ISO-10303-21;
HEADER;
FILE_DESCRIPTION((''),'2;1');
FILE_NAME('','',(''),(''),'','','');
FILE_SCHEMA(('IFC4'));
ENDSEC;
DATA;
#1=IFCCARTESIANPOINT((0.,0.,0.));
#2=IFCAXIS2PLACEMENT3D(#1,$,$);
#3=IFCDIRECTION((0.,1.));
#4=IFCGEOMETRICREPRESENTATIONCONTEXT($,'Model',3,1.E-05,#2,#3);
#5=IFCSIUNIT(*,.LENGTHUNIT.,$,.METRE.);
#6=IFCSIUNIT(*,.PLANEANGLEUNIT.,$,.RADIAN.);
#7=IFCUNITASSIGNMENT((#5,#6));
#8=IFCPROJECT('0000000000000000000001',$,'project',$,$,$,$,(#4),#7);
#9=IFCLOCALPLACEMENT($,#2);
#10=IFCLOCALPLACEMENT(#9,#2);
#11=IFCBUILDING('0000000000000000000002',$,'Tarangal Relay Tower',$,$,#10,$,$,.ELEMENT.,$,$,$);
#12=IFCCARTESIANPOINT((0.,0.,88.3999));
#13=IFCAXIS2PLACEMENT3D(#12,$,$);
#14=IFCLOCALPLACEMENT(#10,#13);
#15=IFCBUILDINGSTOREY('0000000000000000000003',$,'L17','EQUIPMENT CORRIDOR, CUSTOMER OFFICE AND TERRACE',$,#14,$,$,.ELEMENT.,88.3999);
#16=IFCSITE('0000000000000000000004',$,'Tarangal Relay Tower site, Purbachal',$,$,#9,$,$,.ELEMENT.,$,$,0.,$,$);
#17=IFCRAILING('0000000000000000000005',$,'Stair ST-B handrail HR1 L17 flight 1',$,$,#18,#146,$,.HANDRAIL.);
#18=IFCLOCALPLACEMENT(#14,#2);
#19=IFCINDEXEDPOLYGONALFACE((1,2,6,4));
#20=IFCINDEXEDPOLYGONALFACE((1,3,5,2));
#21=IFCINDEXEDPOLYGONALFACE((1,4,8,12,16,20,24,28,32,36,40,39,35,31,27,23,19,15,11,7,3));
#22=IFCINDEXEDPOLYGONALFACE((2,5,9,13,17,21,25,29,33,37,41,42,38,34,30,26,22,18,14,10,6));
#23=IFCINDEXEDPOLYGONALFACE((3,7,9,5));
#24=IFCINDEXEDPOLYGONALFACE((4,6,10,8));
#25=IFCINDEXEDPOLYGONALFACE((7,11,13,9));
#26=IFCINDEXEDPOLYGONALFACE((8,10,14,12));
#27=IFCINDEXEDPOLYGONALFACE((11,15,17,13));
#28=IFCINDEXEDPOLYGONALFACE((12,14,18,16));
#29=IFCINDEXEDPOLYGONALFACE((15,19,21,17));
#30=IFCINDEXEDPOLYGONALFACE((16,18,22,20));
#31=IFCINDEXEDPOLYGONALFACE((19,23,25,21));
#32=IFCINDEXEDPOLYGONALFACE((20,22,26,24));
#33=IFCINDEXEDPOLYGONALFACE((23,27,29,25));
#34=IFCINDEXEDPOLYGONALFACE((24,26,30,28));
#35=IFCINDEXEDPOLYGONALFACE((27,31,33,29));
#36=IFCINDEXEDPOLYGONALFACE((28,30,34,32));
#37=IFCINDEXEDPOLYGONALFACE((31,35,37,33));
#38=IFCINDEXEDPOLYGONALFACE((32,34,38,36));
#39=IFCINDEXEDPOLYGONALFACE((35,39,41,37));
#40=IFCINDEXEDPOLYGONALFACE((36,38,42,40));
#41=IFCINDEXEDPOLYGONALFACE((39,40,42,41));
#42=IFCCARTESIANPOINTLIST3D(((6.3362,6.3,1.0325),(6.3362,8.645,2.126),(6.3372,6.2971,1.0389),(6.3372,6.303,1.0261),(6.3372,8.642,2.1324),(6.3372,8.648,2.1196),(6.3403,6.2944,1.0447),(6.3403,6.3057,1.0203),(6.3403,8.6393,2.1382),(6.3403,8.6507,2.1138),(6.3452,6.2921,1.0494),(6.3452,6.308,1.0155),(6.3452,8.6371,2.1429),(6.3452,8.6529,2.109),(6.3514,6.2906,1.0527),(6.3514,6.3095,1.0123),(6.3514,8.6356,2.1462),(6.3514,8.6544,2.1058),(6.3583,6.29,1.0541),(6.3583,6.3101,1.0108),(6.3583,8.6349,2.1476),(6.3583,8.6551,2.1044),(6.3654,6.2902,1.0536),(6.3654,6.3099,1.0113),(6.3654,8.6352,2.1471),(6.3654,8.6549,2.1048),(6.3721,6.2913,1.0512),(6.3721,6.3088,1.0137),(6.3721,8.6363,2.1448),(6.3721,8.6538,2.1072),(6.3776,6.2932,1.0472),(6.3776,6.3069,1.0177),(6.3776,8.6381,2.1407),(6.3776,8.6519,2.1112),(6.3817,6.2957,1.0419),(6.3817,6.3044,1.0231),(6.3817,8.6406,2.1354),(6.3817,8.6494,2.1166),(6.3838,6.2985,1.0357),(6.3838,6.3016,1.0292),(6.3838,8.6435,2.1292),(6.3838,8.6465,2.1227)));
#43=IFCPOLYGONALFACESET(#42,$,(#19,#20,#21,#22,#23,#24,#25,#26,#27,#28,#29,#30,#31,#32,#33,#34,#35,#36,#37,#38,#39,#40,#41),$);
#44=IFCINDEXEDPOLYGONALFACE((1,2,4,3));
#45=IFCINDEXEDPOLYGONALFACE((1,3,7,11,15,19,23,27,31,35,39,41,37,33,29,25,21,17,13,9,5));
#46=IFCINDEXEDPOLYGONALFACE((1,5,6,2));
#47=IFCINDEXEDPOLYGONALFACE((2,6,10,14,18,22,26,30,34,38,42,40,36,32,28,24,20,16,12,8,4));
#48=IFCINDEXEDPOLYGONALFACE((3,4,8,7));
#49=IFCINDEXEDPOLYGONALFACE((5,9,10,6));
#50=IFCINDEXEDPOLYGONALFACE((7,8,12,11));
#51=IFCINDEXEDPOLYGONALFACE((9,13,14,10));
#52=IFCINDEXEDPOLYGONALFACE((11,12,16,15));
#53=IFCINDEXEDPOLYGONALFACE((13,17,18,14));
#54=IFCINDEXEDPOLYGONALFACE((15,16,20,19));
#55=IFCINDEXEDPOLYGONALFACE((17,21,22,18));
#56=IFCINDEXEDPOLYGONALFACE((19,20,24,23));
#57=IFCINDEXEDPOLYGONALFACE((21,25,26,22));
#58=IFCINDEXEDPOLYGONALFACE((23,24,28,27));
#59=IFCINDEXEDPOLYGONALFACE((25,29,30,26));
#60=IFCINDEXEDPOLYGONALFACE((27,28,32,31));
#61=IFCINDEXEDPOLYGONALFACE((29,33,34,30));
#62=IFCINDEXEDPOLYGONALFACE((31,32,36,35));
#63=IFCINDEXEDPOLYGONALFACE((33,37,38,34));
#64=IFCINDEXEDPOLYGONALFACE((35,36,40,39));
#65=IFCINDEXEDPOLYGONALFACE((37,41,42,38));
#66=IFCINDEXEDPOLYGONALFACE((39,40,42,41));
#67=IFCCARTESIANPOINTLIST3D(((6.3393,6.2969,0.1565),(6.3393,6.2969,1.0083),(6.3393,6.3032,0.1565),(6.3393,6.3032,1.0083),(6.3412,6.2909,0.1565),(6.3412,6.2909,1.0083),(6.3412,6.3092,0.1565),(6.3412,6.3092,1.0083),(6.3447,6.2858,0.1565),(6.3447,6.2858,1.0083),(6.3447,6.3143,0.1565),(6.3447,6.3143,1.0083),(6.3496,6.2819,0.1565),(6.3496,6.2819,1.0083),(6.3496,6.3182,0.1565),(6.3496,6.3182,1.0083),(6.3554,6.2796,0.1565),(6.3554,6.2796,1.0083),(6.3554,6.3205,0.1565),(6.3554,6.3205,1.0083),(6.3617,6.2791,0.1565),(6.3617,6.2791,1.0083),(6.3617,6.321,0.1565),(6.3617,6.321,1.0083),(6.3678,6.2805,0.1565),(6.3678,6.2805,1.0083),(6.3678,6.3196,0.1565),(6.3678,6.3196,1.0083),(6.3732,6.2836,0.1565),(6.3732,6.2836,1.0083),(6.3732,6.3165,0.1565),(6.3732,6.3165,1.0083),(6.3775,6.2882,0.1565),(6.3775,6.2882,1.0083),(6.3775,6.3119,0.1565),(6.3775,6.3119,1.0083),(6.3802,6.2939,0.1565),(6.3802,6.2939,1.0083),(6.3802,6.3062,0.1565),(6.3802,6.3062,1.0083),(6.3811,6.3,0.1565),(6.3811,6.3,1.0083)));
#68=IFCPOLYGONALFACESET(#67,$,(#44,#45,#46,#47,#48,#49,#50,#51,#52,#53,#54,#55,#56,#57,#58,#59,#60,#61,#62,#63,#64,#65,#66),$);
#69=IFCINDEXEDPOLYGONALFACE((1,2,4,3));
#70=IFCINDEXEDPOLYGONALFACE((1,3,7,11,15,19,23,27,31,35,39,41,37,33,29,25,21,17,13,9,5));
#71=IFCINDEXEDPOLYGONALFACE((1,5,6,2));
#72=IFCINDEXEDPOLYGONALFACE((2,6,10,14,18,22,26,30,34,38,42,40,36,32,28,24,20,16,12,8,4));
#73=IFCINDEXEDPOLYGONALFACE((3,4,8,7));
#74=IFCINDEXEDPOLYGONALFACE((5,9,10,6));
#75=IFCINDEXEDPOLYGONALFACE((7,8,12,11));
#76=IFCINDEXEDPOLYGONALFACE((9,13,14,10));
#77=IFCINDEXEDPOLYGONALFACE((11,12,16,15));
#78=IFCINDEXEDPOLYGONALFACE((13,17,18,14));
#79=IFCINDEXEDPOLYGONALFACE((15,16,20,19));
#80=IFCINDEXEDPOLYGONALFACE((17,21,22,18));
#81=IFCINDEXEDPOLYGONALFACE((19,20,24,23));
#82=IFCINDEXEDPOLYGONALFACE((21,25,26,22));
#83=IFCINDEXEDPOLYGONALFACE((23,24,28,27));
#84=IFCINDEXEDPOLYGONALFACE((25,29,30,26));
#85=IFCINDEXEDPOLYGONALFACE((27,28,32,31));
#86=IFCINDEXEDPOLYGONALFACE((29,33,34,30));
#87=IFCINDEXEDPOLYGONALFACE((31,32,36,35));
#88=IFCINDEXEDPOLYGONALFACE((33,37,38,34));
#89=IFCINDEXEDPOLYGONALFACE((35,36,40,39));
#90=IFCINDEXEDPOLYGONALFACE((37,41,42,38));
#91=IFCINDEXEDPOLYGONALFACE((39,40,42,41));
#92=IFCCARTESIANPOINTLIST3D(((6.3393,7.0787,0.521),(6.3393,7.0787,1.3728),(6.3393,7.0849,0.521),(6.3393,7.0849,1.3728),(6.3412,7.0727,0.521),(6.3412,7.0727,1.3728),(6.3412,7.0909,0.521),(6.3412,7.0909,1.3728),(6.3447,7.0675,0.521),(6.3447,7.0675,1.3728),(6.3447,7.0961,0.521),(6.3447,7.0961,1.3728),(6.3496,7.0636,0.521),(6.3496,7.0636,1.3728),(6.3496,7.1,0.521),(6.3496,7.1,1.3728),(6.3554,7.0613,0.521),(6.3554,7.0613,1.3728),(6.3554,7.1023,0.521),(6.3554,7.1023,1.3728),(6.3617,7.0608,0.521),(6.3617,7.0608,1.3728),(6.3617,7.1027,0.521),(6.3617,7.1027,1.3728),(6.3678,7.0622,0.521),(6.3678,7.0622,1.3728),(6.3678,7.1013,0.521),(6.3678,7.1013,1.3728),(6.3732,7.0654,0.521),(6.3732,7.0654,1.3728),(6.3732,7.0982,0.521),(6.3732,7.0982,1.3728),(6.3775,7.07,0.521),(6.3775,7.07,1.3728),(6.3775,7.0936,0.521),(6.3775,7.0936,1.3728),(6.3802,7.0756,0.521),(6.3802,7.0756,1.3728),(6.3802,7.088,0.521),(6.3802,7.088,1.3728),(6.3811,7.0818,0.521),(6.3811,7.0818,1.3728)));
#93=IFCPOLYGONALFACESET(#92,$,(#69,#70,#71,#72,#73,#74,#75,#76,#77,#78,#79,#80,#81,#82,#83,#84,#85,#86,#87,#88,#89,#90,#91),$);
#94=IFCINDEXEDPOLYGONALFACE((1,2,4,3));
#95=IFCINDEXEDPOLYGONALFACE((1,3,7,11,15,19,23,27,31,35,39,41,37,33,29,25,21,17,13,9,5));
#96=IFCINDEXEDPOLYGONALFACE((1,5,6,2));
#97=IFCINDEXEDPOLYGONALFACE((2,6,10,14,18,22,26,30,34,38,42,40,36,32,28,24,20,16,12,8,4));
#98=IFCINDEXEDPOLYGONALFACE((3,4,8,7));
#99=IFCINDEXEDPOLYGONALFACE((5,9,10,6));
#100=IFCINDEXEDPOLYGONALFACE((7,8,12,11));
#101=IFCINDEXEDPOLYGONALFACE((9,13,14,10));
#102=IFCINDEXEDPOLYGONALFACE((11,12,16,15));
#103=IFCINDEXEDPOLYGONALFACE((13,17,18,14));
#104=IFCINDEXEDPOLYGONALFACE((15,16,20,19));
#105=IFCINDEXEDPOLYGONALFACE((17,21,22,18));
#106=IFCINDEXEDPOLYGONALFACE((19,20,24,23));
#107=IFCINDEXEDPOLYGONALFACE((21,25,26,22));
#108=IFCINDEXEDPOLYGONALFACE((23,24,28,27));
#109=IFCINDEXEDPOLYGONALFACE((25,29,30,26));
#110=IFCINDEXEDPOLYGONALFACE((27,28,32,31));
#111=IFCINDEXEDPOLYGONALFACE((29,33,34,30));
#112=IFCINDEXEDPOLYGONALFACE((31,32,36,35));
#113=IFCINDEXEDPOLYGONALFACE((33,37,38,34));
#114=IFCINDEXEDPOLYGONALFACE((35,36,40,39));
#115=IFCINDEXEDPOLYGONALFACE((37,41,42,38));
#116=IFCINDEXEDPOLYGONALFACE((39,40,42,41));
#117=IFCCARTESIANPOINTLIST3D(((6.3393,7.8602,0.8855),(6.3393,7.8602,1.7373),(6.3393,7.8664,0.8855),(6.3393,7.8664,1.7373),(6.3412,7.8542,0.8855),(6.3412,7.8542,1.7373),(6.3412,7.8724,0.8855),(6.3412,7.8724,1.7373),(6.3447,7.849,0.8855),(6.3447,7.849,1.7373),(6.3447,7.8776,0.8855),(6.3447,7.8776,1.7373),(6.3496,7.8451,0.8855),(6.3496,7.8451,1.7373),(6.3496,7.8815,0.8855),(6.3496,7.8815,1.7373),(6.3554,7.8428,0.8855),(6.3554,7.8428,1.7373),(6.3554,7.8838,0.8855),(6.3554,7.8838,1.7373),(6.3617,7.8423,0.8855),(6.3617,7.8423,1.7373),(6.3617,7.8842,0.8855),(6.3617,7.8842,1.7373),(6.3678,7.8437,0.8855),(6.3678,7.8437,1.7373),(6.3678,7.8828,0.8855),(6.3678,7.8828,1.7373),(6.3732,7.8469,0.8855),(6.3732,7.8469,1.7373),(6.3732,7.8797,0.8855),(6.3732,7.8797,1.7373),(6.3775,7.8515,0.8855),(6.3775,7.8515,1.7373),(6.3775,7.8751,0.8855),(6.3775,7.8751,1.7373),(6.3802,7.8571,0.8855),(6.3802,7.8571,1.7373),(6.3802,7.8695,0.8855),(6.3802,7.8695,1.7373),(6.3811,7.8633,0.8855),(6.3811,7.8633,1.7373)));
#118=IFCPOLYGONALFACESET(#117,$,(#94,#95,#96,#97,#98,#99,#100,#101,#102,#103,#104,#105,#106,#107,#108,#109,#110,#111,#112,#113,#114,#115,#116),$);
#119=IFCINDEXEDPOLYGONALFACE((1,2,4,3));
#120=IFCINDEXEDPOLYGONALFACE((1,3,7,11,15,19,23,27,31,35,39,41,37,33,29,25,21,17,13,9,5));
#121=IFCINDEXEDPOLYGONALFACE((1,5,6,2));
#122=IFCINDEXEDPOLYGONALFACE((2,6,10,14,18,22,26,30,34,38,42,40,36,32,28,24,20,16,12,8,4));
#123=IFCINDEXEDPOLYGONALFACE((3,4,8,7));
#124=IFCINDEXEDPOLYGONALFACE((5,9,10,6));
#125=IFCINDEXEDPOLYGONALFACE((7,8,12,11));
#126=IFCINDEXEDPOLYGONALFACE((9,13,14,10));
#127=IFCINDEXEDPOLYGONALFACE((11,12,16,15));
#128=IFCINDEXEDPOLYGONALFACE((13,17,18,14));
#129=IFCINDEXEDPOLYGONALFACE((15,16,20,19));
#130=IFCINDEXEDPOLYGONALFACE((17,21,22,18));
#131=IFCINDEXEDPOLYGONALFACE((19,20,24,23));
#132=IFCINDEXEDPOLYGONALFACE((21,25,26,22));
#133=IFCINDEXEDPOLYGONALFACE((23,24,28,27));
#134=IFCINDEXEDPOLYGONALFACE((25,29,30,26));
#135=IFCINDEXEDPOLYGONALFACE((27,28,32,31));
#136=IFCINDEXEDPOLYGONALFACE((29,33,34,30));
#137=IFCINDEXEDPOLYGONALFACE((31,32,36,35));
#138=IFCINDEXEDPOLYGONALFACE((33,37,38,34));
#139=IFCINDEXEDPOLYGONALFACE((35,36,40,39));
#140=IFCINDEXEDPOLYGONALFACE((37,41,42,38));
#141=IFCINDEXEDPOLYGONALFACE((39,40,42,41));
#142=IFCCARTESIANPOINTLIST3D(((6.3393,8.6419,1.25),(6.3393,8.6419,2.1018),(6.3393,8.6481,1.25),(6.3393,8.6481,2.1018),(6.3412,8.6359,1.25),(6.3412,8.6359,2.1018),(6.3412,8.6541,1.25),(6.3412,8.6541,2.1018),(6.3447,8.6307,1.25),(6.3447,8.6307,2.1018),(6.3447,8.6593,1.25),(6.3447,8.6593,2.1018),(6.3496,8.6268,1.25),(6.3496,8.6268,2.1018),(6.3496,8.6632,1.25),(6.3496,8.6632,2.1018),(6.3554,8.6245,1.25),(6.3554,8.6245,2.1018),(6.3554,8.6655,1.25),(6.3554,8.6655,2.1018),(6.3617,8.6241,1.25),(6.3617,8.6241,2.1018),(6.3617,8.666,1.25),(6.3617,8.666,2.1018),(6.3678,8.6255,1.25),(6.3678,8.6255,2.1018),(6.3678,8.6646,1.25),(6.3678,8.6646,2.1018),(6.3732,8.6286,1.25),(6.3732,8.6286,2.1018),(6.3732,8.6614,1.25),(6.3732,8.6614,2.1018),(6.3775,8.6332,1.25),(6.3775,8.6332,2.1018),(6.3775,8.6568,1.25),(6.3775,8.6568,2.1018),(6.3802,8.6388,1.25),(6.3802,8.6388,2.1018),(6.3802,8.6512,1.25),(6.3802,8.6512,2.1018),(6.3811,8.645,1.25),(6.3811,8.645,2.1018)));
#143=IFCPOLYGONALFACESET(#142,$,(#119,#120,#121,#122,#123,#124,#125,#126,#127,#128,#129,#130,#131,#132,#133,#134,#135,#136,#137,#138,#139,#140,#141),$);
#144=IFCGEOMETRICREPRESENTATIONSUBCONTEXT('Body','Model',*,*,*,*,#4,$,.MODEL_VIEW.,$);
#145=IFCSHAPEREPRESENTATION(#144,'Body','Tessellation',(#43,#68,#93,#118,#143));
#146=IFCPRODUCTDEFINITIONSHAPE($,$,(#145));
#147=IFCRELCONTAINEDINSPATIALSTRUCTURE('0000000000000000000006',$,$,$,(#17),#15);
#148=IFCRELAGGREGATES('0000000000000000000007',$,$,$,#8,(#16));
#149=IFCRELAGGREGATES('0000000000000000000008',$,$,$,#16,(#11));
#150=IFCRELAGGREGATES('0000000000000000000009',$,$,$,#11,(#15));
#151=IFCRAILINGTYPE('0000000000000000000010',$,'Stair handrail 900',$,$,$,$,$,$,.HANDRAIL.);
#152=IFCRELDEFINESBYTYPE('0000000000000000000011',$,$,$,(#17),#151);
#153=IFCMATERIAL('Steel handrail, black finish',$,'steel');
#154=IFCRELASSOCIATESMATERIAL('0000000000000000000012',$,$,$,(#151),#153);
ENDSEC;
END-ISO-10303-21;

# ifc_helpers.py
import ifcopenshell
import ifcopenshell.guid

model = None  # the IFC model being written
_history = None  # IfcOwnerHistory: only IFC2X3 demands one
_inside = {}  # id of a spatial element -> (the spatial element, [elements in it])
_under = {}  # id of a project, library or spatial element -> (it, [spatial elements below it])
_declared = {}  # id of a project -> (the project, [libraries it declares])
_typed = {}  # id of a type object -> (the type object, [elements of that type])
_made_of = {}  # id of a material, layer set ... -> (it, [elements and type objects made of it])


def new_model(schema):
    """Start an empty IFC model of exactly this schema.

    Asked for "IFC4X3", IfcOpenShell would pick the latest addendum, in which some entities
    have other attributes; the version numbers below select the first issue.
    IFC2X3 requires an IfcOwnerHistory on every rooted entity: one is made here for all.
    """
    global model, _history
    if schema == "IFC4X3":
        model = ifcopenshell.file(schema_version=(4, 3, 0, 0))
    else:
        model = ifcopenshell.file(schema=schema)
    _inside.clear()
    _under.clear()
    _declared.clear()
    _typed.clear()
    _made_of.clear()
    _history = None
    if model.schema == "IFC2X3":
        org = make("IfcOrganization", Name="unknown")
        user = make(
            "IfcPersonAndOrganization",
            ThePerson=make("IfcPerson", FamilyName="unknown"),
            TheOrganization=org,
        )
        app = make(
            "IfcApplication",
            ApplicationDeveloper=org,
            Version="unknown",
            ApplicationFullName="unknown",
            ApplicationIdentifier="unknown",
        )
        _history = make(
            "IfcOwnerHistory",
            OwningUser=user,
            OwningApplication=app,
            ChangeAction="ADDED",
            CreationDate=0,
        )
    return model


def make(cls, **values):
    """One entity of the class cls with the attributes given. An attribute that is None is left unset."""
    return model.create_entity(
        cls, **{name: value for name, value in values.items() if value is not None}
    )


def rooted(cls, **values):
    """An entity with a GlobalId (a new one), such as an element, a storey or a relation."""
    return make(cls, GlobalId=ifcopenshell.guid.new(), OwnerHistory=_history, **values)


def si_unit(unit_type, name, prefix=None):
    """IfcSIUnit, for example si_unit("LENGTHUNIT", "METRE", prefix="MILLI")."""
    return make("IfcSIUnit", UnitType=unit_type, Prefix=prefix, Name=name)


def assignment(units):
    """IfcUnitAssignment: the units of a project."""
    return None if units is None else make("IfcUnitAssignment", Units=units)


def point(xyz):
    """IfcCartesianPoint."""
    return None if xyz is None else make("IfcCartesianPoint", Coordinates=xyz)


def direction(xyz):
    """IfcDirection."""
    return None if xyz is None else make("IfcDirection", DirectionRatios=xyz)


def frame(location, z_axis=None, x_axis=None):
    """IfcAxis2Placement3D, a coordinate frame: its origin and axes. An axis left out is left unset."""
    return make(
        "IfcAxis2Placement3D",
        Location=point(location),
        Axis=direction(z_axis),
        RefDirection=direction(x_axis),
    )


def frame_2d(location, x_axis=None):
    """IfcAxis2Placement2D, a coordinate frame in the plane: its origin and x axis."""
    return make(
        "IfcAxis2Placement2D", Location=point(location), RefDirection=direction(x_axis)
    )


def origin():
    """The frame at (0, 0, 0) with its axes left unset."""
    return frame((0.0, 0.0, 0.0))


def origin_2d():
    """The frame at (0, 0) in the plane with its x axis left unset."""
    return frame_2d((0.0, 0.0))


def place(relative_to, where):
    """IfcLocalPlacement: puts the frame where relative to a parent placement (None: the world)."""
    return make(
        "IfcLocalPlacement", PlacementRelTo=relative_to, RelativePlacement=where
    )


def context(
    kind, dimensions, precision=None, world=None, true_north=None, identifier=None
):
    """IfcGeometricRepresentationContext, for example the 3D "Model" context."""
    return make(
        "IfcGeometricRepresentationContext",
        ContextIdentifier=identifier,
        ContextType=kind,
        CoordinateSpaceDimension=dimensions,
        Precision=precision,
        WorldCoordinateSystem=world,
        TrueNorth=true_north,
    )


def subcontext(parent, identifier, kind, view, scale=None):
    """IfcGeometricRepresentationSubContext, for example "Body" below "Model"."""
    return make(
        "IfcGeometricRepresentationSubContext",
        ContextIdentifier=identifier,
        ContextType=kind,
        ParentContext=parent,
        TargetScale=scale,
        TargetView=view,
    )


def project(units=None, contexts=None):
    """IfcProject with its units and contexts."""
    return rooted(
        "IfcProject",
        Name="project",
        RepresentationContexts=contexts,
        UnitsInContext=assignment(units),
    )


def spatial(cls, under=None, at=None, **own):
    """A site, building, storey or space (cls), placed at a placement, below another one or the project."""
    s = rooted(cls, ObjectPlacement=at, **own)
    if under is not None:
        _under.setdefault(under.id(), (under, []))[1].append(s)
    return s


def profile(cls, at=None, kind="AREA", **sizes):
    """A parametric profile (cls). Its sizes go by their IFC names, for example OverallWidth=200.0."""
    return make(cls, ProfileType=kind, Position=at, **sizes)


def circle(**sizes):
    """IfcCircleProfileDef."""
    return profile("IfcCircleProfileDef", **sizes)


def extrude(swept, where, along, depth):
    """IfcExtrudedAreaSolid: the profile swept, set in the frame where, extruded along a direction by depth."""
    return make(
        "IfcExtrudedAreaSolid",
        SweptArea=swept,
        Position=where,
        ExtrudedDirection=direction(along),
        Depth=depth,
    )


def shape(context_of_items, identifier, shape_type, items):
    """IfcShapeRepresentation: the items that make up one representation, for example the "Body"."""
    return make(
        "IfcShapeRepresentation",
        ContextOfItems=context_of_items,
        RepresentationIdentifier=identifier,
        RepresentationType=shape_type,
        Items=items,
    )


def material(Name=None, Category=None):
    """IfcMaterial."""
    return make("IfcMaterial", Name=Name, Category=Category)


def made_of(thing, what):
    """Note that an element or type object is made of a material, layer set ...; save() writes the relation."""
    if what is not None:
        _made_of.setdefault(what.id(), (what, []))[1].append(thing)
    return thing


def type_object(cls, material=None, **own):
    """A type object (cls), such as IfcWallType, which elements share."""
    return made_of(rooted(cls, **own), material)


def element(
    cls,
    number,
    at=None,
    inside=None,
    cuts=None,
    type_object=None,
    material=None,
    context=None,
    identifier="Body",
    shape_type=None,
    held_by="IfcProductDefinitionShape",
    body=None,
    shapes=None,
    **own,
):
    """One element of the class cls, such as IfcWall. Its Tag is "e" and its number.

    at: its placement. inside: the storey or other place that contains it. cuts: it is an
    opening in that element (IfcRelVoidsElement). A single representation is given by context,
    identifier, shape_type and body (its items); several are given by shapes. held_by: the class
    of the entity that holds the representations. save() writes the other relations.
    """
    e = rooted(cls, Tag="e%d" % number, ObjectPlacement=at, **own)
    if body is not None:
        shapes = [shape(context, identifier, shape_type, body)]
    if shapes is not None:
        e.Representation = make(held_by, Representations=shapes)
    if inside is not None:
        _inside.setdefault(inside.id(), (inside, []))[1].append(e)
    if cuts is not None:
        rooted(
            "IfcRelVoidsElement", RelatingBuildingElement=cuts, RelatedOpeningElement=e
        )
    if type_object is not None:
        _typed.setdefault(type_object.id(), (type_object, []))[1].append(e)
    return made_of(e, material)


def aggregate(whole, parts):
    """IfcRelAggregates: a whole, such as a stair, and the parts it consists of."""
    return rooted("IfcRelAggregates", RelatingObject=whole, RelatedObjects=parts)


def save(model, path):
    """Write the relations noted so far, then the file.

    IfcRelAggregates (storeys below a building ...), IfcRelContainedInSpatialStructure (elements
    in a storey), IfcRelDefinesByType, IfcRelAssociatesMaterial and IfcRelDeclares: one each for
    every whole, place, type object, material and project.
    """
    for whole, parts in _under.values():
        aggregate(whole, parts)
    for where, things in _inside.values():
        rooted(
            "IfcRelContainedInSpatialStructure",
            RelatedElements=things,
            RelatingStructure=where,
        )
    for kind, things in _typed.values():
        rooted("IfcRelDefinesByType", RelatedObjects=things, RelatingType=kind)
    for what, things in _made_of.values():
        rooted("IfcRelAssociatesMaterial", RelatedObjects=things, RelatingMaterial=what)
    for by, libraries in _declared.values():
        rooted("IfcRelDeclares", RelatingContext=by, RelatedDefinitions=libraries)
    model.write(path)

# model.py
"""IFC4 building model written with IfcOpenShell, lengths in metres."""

from ifc_helpers import new_model, si_unit, direction, frame, origin, origin_2d, place, context, subcontext, project, spatial, circle, extrude, material, type_object, element, save


model = new_model("IFC4")

# Units and contexts
model_context = context("Model", 3, precision=1e-05, world=origin(), true_north=direction((0.0, 1.0)))
body_context = subcontext(model_context, "Body", "Model", "MODEL_VIEW")
ifc_project = project(units=[si_unit("LENGTHUNIT", "METRE"), si_unit("PLANEANGLEUNIT", "RADIAN")], contexts=[model_context])

# Site, building, storey
site_placement = place(None, origin())
site = spatial("IfcSite", under=ifc_project, at=site_placement, Name="Tarangal Relay Tower site, Purbachal", CompositionType="ELEMENT", RefElevation=0.0)
building_placement = place(site_placement, origin())
building = spatial("IfcBuilding", under=site, at=building_placement, Name="Tarangal Relay Tower", CompositionType="ELEMENT")
storey_placement = place(building_placement, frame((0.0, 0.0, 88.3999)))
storey = spatial("IfcBuildingStorey", under=building, at=storey_placement, Name="L17", Description="EQUIPMENT CORRIDOR, CUSTOMER OFFICE AND TERRACE", CompositionType="ELEMENT", Elevation=88.3999)

# Railing
ifc_material_1 = material(Name="Steel handrail, black finish", Category="steel")
railing_type_1 = type_object("IfcRailingType", Name="Stair handrail 900", PredefinedType="HANDRAIL", material=ifc_material_1)
for number, where, name in (
    (1, (6.3601, 6.3, 0.1565), "Stair ST-B handrail HR1 L17 flight 1"),
):
    element("IfcRailing", number, at=place(storey_placement, frame(where)), inside=storey, type_object=railing_type_1, Name=name, PredefinedType="HANDRAIL", context=body_context, shape_type="SweptSolid", body=[
        extrude(circle(Radius=0.0239, at=origin_2d()), frame((0.0, 0.0, 0.876), z_axis=(0.0, 0.906304, 0.422627), x_axis=(-1.0, 0.0, 0.0)), (0.0, 0.0, 1.0), 2.5874),
        extrude(circle(Radius=0.021, at=origin_2d()), origin(), (0.0, 0.0, 1.0), 0.8518),
        extrude(circle(Radius=0.021, at=origin_2d()), frame((0.0, 0.7817, 0.3645)), (0.0, 0.0, 1.0), 0.8518),
        extrude(circle(Radius=0.021, at=origin_2d()), frame((0.0, 1.5632, 0.729)), (0.0, 0.0, 1.0), 0.8518),
        extrude(circle(Radius=0.021, at=origin_2d()), frame((0.0, 2.345, 1.0935)), (0.0, 0.0, 1.0), 0.8518),
    ])

save(model, "model.ifc")
